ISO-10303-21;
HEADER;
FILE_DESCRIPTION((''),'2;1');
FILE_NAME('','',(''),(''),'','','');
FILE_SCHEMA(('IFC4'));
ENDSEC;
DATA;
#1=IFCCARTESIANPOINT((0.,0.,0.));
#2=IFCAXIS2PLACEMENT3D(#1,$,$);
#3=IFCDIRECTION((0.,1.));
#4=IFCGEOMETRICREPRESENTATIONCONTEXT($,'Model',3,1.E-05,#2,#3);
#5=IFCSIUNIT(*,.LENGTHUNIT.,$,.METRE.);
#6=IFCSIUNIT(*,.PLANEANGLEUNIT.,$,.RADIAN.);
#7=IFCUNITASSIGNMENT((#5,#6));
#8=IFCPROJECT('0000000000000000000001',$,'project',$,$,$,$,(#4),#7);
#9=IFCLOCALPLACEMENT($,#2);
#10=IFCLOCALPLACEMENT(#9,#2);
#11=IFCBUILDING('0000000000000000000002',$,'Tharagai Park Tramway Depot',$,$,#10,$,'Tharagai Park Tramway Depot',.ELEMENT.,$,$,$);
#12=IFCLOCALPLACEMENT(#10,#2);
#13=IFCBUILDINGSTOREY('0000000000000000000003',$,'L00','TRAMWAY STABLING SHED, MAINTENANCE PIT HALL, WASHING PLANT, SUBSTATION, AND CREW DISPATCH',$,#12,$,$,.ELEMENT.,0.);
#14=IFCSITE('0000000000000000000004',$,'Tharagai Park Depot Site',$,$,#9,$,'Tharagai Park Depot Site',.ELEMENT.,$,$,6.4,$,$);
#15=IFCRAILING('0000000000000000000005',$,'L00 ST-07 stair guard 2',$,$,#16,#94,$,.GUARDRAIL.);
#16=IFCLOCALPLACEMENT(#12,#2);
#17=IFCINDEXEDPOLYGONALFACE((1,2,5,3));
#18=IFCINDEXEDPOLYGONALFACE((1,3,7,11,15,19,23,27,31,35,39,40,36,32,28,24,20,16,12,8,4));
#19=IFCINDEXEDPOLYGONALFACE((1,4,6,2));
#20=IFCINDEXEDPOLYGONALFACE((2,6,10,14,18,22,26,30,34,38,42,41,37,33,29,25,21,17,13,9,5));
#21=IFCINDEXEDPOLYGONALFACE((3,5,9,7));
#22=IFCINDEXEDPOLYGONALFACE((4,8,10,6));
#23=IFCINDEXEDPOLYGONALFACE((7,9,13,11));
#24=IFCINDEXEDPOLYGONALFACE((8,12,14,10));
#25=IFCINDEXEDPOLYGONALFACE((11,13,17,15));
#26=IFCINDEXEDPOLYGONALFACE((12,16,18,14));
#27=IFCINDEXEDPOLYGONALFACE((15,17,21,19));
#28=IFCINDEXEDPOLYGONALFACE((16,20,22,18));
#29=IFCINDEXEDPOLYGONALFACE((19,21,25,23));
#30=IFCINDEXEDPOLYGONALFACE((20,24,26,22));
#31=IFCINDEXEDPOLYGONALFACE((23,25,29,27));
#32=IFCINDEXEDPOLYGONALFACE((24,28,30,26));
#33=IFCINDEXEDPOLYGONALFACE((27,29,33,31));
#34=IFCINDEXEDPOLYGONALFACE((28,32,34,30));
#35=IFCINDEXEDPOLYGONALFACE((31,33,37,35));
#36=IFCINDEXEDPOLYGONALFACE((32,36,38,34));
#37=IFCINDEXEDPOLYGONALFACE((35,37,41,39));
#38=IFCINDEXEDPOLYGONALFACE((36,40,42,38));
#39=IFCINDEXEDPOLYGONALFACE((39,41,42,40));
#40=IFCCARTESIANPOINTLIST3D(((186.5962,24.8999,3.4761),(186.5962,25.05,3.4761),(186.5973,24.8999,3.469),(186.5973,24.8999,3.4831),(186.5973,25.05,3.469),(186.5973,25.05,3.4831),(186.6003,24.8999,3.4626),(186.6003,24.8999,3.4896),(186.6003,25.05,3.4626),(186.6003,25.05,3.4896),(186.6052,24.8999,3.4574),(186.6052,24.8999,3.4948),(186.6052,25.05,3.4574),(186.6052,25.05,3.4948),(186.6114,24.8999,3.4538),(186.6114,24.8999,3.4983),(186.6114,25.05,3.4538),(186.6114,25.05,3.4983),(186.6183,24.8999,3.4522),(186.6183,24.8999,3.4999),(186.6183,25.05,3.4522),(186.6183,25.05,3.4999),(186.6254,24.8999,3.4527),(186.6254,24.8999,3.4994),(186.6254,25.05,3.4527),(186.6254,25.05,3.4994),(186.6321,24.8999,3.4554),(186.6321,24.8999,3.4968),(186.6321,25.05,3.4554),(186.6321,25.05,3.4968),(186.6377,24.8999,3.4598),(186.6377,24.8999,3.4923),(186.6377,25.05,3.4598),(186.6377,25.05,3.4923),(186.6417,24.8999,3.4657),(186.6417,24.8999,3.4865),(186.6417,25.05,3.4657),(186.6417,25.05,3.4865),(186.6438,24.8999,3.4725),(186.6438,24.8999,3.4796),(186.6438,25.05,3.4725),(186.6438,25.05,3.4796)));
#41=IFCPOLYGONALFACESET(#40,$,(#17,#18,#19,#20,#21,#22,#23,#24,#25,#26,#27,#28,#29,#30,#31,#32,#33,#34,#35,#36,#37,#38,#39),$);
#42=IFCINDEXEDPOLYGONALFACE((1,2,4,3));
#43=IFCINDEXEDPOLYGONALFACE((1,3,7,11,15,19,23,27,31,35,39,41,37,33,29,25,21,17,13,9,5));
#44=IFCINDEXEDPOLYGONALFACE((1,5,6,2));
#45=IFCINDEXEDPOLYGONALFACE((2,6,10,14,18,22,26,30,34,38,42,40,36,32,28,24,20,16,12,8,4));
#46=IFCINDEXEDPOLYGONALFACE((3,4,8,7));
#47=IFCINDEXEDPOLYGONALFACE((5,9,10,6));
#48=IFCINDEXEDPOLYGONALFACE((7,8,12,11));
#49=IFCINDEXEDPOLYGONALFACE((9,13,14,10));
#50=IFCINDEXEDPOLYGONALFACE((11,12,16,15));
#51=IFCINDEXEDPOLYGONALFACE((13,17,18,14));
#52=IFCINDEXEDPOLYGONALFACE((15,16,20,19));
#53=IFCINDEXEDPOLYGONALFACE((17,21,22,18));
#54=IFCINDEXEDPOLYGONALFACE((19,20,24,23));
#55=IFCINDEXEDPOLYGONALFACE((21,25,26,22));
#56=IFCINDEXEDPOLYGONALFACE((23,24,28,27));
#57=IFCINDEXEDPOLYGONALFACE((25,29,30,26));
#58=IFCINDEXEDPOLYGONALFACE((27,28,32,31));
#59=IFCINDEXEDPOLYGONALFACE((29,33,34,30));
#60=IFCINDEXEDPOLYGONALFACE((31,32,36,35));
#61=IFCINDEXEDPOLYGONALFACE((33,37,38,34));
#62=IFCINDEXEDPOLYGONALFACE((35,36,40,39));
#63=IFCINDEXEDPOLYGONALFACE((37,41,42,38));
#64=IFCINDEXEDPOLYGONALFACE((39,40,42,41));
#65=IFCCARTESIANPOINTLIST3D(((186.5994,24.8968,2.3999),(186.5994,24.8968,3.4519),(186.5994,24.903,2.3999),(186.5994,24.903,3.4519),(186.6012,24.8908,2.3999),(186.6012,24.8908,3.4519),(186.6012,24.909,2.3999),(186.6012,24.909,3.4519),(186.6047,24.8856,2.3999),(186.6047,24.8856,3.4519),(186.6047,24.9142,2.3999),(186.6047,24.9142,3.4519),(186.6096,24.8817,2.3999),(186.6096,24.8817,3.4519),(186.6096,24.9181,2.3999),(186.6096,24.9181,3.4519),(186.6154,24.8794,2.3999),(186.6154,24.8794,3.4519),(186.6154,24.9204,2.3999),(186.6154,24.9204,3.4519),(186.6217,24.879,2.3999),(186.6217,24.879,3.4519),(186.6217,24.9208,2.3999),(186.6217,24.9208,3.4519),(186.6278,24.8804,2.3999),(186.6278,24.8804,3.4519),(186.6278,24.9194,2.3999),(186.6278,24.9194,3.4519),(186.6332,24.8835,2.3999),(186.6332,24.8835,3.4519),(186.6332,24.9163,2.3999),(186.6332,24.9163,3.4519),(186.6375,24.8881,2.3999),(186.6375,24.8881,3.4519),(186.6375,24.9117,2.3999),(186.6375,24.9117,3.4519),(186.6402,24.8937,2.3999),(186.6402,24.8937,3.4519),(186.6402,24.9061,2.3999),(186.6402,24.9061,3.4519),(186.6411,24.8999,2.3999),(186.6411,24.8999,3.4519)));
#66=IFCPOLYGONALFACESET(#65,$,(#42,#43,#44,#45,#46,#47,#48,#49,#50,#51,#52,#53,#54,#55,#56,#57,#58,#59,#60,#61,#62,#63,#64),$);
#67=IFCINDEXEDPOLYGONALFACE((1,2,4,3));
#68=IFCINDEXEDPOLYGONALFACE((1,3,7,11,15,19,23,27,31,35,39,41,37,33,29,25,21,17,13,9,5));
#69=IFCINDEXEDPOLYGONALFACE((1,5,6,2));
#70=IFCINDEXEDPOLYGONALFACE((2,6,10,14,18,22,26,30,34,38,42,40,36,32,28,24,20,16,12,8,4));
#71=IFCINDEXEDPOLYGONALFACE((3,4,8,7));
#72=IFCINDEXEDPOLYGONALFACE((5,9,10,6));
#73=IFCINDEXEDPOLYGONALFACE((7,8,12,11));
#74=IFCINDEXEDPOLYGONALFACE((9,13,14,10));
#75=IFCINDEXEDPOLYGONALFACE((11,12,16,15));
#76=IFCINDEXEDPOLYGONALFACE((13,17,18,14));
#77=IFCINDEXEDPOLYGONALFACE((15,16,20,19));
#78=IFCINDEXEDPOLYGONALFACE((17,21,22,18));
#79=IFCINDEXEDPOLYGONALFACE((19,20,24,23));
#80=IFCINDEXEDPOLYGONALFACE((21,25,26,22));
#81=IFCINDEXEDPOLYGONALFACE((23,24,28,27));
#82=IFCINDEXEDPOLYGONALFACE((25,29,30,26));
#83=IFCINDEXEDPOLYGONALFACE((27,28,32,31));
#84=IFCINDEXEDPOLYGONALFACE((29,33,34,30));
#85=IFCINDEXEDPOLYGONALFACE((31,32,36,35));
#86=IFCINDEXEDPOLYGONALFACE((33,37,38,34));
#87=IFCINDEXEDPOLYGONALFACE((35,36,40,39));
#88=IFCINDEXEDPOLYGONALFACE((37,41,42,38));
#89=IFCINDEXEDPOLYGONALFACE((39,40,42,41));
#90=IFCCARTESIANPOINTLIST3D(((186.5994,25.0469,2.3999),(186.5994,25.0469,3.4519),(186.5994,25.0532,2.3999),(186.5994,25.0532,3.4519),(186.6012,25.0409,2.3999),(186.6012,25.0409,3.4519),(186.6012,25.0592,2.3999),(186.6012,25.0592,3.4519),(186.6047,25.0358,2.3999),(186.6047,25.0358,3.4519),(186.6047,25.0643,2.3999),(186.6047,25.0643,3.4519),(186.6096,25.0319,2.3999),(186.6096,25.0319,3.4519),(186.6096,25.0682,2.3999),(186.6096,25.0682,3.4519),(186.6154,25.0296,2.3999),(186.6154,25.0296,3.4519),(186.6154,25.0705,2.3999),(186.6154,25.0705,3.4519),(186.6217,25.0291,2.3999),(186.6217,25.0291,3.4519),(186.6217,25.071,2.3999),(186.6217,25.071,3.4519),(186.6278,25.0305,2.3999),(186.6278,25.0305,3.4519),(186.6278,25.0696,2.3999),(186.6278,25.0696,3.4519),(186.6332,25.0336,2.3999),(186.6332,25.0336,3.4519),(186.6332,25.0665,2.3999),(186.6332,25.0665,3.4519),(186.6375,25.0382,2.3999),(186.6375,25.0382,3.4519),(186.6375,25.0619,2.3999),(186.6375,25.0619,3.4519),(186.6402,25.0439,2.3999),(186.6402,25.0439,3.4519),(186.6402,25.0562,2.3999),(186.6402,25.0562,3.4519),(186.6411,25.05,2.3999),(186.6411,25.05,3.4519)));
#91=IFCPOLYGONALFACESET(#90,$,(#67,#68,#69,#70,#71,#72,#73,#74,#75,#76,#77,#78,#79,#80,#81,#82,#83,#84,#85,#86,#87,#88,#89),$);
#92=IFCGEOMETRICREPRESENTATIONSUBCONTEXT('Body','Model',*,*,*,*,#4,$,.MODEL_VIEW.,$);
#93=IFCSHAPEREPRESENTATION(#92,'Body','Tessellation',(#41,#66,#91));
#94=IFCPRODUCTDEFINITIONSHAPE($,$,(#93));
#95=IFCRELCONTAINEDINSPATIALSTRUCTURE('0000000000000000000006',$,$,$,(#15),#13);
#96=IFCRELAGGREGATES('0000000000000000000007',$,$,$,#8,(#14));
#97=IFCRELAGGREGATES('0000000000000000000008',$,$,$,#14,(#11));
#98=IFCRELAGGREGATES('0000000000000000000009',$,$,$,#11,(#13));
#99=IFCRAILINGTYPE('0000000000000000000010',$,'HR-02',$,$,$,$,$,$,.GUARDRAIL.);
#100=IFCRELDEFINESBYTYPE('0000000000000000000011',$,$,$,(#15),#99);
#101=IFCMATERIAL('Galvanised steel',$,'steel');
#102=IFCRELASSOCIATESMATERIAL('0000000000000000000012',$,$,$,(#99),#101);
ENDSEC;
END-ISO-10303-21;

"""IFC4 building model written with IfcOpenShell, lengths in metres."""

from ifc_helpers import new_model, si_unit, direction, frame, origin, origin_2d, place, context, subcontext, project, spatial, circle, extrude, material, type_object, element, save


model = new_model("IFC4")

# Units and contexts
model_context = context("Model", 3, precision=1e-05, world=origin(), true_north=direction((0.0, 1.0)))
body_context = subcontext(model_context, "Body", "Model", "MODEL_VIEW")
ifc_project = project(units=[si_unit("LENGTHUNIT", "METRE"), si_unit("PLANEANGLEUNIT", "RADIAN")], contexts=[model_context])

# Site, building, storey
site_placement = place(None, origin())
site = spatial("IfcSite", under=ifc_project, at=site_placement, Name="Tharagai Park Depot Site", LongName="Tharagai Park Depot Site", CompositionType="ELEMENT", RefElevation=6.4)
building_placement = place(site_placement, origin())
building = spatial("IfcBuilding", under=site, at=building_placement, Name="Tharagai Park Tramway Depot", LongName="Tharagai Park Tramway Depot", CompositionType="ELEMENT")
storey_placement = place(building_placement, origin())
storey = spatial("IfcBuildingStorey", under=building, at=storey_placement, Name="L00", Description="TRAMWAY STABLING SHED, MAINTENANCE PIT HALL, WASHING PLANT, SUBSTATION, AND CREW DISPATCH", CompositionType="ELEMENT", Elevation=0.0)

# Railing
ifc_material_1 = material(Name="Galvanised steel", Category="steel")
railing_type_1 = type_object("IfcRailingType", Name="HR-02", PredefinedType="GUARDRAIL", material=ifc_material_1)
railing_1_placement = place(storey_placement, frame((186.6201, 24.8999, 2.3999)))
element("IfcRailing", 1, at=railing_1_placement, inside=storey, type_object=railing_type_1, Name="L00 ST-07 stair guard 2", PredefinedType="GUARDRAIL", context=body_context, shape_type="SweptSolid", body=[
    extrude(circle(Radius=0.0239, at=origin_2d()), frame((0.0, 0.0, 1.0762), z_axis=(0.0, 1.0, 0.0), x_axis=(-1.0, 0.0, 0.0)), (0.0, 0.0, 1.0), 0.1501),
    extrude(circle(Radius=0.021, at=origin_2d()), origin(), (0.0, 0.0, 1.0), 1.052),
    extrude(circle(Radius=0.021, at=origin_2d()), frame((0.0, 0.1501, 0.0)), (0.0, 0.0, 1.0), 1.052),
])

save(model, "model.ifc")
